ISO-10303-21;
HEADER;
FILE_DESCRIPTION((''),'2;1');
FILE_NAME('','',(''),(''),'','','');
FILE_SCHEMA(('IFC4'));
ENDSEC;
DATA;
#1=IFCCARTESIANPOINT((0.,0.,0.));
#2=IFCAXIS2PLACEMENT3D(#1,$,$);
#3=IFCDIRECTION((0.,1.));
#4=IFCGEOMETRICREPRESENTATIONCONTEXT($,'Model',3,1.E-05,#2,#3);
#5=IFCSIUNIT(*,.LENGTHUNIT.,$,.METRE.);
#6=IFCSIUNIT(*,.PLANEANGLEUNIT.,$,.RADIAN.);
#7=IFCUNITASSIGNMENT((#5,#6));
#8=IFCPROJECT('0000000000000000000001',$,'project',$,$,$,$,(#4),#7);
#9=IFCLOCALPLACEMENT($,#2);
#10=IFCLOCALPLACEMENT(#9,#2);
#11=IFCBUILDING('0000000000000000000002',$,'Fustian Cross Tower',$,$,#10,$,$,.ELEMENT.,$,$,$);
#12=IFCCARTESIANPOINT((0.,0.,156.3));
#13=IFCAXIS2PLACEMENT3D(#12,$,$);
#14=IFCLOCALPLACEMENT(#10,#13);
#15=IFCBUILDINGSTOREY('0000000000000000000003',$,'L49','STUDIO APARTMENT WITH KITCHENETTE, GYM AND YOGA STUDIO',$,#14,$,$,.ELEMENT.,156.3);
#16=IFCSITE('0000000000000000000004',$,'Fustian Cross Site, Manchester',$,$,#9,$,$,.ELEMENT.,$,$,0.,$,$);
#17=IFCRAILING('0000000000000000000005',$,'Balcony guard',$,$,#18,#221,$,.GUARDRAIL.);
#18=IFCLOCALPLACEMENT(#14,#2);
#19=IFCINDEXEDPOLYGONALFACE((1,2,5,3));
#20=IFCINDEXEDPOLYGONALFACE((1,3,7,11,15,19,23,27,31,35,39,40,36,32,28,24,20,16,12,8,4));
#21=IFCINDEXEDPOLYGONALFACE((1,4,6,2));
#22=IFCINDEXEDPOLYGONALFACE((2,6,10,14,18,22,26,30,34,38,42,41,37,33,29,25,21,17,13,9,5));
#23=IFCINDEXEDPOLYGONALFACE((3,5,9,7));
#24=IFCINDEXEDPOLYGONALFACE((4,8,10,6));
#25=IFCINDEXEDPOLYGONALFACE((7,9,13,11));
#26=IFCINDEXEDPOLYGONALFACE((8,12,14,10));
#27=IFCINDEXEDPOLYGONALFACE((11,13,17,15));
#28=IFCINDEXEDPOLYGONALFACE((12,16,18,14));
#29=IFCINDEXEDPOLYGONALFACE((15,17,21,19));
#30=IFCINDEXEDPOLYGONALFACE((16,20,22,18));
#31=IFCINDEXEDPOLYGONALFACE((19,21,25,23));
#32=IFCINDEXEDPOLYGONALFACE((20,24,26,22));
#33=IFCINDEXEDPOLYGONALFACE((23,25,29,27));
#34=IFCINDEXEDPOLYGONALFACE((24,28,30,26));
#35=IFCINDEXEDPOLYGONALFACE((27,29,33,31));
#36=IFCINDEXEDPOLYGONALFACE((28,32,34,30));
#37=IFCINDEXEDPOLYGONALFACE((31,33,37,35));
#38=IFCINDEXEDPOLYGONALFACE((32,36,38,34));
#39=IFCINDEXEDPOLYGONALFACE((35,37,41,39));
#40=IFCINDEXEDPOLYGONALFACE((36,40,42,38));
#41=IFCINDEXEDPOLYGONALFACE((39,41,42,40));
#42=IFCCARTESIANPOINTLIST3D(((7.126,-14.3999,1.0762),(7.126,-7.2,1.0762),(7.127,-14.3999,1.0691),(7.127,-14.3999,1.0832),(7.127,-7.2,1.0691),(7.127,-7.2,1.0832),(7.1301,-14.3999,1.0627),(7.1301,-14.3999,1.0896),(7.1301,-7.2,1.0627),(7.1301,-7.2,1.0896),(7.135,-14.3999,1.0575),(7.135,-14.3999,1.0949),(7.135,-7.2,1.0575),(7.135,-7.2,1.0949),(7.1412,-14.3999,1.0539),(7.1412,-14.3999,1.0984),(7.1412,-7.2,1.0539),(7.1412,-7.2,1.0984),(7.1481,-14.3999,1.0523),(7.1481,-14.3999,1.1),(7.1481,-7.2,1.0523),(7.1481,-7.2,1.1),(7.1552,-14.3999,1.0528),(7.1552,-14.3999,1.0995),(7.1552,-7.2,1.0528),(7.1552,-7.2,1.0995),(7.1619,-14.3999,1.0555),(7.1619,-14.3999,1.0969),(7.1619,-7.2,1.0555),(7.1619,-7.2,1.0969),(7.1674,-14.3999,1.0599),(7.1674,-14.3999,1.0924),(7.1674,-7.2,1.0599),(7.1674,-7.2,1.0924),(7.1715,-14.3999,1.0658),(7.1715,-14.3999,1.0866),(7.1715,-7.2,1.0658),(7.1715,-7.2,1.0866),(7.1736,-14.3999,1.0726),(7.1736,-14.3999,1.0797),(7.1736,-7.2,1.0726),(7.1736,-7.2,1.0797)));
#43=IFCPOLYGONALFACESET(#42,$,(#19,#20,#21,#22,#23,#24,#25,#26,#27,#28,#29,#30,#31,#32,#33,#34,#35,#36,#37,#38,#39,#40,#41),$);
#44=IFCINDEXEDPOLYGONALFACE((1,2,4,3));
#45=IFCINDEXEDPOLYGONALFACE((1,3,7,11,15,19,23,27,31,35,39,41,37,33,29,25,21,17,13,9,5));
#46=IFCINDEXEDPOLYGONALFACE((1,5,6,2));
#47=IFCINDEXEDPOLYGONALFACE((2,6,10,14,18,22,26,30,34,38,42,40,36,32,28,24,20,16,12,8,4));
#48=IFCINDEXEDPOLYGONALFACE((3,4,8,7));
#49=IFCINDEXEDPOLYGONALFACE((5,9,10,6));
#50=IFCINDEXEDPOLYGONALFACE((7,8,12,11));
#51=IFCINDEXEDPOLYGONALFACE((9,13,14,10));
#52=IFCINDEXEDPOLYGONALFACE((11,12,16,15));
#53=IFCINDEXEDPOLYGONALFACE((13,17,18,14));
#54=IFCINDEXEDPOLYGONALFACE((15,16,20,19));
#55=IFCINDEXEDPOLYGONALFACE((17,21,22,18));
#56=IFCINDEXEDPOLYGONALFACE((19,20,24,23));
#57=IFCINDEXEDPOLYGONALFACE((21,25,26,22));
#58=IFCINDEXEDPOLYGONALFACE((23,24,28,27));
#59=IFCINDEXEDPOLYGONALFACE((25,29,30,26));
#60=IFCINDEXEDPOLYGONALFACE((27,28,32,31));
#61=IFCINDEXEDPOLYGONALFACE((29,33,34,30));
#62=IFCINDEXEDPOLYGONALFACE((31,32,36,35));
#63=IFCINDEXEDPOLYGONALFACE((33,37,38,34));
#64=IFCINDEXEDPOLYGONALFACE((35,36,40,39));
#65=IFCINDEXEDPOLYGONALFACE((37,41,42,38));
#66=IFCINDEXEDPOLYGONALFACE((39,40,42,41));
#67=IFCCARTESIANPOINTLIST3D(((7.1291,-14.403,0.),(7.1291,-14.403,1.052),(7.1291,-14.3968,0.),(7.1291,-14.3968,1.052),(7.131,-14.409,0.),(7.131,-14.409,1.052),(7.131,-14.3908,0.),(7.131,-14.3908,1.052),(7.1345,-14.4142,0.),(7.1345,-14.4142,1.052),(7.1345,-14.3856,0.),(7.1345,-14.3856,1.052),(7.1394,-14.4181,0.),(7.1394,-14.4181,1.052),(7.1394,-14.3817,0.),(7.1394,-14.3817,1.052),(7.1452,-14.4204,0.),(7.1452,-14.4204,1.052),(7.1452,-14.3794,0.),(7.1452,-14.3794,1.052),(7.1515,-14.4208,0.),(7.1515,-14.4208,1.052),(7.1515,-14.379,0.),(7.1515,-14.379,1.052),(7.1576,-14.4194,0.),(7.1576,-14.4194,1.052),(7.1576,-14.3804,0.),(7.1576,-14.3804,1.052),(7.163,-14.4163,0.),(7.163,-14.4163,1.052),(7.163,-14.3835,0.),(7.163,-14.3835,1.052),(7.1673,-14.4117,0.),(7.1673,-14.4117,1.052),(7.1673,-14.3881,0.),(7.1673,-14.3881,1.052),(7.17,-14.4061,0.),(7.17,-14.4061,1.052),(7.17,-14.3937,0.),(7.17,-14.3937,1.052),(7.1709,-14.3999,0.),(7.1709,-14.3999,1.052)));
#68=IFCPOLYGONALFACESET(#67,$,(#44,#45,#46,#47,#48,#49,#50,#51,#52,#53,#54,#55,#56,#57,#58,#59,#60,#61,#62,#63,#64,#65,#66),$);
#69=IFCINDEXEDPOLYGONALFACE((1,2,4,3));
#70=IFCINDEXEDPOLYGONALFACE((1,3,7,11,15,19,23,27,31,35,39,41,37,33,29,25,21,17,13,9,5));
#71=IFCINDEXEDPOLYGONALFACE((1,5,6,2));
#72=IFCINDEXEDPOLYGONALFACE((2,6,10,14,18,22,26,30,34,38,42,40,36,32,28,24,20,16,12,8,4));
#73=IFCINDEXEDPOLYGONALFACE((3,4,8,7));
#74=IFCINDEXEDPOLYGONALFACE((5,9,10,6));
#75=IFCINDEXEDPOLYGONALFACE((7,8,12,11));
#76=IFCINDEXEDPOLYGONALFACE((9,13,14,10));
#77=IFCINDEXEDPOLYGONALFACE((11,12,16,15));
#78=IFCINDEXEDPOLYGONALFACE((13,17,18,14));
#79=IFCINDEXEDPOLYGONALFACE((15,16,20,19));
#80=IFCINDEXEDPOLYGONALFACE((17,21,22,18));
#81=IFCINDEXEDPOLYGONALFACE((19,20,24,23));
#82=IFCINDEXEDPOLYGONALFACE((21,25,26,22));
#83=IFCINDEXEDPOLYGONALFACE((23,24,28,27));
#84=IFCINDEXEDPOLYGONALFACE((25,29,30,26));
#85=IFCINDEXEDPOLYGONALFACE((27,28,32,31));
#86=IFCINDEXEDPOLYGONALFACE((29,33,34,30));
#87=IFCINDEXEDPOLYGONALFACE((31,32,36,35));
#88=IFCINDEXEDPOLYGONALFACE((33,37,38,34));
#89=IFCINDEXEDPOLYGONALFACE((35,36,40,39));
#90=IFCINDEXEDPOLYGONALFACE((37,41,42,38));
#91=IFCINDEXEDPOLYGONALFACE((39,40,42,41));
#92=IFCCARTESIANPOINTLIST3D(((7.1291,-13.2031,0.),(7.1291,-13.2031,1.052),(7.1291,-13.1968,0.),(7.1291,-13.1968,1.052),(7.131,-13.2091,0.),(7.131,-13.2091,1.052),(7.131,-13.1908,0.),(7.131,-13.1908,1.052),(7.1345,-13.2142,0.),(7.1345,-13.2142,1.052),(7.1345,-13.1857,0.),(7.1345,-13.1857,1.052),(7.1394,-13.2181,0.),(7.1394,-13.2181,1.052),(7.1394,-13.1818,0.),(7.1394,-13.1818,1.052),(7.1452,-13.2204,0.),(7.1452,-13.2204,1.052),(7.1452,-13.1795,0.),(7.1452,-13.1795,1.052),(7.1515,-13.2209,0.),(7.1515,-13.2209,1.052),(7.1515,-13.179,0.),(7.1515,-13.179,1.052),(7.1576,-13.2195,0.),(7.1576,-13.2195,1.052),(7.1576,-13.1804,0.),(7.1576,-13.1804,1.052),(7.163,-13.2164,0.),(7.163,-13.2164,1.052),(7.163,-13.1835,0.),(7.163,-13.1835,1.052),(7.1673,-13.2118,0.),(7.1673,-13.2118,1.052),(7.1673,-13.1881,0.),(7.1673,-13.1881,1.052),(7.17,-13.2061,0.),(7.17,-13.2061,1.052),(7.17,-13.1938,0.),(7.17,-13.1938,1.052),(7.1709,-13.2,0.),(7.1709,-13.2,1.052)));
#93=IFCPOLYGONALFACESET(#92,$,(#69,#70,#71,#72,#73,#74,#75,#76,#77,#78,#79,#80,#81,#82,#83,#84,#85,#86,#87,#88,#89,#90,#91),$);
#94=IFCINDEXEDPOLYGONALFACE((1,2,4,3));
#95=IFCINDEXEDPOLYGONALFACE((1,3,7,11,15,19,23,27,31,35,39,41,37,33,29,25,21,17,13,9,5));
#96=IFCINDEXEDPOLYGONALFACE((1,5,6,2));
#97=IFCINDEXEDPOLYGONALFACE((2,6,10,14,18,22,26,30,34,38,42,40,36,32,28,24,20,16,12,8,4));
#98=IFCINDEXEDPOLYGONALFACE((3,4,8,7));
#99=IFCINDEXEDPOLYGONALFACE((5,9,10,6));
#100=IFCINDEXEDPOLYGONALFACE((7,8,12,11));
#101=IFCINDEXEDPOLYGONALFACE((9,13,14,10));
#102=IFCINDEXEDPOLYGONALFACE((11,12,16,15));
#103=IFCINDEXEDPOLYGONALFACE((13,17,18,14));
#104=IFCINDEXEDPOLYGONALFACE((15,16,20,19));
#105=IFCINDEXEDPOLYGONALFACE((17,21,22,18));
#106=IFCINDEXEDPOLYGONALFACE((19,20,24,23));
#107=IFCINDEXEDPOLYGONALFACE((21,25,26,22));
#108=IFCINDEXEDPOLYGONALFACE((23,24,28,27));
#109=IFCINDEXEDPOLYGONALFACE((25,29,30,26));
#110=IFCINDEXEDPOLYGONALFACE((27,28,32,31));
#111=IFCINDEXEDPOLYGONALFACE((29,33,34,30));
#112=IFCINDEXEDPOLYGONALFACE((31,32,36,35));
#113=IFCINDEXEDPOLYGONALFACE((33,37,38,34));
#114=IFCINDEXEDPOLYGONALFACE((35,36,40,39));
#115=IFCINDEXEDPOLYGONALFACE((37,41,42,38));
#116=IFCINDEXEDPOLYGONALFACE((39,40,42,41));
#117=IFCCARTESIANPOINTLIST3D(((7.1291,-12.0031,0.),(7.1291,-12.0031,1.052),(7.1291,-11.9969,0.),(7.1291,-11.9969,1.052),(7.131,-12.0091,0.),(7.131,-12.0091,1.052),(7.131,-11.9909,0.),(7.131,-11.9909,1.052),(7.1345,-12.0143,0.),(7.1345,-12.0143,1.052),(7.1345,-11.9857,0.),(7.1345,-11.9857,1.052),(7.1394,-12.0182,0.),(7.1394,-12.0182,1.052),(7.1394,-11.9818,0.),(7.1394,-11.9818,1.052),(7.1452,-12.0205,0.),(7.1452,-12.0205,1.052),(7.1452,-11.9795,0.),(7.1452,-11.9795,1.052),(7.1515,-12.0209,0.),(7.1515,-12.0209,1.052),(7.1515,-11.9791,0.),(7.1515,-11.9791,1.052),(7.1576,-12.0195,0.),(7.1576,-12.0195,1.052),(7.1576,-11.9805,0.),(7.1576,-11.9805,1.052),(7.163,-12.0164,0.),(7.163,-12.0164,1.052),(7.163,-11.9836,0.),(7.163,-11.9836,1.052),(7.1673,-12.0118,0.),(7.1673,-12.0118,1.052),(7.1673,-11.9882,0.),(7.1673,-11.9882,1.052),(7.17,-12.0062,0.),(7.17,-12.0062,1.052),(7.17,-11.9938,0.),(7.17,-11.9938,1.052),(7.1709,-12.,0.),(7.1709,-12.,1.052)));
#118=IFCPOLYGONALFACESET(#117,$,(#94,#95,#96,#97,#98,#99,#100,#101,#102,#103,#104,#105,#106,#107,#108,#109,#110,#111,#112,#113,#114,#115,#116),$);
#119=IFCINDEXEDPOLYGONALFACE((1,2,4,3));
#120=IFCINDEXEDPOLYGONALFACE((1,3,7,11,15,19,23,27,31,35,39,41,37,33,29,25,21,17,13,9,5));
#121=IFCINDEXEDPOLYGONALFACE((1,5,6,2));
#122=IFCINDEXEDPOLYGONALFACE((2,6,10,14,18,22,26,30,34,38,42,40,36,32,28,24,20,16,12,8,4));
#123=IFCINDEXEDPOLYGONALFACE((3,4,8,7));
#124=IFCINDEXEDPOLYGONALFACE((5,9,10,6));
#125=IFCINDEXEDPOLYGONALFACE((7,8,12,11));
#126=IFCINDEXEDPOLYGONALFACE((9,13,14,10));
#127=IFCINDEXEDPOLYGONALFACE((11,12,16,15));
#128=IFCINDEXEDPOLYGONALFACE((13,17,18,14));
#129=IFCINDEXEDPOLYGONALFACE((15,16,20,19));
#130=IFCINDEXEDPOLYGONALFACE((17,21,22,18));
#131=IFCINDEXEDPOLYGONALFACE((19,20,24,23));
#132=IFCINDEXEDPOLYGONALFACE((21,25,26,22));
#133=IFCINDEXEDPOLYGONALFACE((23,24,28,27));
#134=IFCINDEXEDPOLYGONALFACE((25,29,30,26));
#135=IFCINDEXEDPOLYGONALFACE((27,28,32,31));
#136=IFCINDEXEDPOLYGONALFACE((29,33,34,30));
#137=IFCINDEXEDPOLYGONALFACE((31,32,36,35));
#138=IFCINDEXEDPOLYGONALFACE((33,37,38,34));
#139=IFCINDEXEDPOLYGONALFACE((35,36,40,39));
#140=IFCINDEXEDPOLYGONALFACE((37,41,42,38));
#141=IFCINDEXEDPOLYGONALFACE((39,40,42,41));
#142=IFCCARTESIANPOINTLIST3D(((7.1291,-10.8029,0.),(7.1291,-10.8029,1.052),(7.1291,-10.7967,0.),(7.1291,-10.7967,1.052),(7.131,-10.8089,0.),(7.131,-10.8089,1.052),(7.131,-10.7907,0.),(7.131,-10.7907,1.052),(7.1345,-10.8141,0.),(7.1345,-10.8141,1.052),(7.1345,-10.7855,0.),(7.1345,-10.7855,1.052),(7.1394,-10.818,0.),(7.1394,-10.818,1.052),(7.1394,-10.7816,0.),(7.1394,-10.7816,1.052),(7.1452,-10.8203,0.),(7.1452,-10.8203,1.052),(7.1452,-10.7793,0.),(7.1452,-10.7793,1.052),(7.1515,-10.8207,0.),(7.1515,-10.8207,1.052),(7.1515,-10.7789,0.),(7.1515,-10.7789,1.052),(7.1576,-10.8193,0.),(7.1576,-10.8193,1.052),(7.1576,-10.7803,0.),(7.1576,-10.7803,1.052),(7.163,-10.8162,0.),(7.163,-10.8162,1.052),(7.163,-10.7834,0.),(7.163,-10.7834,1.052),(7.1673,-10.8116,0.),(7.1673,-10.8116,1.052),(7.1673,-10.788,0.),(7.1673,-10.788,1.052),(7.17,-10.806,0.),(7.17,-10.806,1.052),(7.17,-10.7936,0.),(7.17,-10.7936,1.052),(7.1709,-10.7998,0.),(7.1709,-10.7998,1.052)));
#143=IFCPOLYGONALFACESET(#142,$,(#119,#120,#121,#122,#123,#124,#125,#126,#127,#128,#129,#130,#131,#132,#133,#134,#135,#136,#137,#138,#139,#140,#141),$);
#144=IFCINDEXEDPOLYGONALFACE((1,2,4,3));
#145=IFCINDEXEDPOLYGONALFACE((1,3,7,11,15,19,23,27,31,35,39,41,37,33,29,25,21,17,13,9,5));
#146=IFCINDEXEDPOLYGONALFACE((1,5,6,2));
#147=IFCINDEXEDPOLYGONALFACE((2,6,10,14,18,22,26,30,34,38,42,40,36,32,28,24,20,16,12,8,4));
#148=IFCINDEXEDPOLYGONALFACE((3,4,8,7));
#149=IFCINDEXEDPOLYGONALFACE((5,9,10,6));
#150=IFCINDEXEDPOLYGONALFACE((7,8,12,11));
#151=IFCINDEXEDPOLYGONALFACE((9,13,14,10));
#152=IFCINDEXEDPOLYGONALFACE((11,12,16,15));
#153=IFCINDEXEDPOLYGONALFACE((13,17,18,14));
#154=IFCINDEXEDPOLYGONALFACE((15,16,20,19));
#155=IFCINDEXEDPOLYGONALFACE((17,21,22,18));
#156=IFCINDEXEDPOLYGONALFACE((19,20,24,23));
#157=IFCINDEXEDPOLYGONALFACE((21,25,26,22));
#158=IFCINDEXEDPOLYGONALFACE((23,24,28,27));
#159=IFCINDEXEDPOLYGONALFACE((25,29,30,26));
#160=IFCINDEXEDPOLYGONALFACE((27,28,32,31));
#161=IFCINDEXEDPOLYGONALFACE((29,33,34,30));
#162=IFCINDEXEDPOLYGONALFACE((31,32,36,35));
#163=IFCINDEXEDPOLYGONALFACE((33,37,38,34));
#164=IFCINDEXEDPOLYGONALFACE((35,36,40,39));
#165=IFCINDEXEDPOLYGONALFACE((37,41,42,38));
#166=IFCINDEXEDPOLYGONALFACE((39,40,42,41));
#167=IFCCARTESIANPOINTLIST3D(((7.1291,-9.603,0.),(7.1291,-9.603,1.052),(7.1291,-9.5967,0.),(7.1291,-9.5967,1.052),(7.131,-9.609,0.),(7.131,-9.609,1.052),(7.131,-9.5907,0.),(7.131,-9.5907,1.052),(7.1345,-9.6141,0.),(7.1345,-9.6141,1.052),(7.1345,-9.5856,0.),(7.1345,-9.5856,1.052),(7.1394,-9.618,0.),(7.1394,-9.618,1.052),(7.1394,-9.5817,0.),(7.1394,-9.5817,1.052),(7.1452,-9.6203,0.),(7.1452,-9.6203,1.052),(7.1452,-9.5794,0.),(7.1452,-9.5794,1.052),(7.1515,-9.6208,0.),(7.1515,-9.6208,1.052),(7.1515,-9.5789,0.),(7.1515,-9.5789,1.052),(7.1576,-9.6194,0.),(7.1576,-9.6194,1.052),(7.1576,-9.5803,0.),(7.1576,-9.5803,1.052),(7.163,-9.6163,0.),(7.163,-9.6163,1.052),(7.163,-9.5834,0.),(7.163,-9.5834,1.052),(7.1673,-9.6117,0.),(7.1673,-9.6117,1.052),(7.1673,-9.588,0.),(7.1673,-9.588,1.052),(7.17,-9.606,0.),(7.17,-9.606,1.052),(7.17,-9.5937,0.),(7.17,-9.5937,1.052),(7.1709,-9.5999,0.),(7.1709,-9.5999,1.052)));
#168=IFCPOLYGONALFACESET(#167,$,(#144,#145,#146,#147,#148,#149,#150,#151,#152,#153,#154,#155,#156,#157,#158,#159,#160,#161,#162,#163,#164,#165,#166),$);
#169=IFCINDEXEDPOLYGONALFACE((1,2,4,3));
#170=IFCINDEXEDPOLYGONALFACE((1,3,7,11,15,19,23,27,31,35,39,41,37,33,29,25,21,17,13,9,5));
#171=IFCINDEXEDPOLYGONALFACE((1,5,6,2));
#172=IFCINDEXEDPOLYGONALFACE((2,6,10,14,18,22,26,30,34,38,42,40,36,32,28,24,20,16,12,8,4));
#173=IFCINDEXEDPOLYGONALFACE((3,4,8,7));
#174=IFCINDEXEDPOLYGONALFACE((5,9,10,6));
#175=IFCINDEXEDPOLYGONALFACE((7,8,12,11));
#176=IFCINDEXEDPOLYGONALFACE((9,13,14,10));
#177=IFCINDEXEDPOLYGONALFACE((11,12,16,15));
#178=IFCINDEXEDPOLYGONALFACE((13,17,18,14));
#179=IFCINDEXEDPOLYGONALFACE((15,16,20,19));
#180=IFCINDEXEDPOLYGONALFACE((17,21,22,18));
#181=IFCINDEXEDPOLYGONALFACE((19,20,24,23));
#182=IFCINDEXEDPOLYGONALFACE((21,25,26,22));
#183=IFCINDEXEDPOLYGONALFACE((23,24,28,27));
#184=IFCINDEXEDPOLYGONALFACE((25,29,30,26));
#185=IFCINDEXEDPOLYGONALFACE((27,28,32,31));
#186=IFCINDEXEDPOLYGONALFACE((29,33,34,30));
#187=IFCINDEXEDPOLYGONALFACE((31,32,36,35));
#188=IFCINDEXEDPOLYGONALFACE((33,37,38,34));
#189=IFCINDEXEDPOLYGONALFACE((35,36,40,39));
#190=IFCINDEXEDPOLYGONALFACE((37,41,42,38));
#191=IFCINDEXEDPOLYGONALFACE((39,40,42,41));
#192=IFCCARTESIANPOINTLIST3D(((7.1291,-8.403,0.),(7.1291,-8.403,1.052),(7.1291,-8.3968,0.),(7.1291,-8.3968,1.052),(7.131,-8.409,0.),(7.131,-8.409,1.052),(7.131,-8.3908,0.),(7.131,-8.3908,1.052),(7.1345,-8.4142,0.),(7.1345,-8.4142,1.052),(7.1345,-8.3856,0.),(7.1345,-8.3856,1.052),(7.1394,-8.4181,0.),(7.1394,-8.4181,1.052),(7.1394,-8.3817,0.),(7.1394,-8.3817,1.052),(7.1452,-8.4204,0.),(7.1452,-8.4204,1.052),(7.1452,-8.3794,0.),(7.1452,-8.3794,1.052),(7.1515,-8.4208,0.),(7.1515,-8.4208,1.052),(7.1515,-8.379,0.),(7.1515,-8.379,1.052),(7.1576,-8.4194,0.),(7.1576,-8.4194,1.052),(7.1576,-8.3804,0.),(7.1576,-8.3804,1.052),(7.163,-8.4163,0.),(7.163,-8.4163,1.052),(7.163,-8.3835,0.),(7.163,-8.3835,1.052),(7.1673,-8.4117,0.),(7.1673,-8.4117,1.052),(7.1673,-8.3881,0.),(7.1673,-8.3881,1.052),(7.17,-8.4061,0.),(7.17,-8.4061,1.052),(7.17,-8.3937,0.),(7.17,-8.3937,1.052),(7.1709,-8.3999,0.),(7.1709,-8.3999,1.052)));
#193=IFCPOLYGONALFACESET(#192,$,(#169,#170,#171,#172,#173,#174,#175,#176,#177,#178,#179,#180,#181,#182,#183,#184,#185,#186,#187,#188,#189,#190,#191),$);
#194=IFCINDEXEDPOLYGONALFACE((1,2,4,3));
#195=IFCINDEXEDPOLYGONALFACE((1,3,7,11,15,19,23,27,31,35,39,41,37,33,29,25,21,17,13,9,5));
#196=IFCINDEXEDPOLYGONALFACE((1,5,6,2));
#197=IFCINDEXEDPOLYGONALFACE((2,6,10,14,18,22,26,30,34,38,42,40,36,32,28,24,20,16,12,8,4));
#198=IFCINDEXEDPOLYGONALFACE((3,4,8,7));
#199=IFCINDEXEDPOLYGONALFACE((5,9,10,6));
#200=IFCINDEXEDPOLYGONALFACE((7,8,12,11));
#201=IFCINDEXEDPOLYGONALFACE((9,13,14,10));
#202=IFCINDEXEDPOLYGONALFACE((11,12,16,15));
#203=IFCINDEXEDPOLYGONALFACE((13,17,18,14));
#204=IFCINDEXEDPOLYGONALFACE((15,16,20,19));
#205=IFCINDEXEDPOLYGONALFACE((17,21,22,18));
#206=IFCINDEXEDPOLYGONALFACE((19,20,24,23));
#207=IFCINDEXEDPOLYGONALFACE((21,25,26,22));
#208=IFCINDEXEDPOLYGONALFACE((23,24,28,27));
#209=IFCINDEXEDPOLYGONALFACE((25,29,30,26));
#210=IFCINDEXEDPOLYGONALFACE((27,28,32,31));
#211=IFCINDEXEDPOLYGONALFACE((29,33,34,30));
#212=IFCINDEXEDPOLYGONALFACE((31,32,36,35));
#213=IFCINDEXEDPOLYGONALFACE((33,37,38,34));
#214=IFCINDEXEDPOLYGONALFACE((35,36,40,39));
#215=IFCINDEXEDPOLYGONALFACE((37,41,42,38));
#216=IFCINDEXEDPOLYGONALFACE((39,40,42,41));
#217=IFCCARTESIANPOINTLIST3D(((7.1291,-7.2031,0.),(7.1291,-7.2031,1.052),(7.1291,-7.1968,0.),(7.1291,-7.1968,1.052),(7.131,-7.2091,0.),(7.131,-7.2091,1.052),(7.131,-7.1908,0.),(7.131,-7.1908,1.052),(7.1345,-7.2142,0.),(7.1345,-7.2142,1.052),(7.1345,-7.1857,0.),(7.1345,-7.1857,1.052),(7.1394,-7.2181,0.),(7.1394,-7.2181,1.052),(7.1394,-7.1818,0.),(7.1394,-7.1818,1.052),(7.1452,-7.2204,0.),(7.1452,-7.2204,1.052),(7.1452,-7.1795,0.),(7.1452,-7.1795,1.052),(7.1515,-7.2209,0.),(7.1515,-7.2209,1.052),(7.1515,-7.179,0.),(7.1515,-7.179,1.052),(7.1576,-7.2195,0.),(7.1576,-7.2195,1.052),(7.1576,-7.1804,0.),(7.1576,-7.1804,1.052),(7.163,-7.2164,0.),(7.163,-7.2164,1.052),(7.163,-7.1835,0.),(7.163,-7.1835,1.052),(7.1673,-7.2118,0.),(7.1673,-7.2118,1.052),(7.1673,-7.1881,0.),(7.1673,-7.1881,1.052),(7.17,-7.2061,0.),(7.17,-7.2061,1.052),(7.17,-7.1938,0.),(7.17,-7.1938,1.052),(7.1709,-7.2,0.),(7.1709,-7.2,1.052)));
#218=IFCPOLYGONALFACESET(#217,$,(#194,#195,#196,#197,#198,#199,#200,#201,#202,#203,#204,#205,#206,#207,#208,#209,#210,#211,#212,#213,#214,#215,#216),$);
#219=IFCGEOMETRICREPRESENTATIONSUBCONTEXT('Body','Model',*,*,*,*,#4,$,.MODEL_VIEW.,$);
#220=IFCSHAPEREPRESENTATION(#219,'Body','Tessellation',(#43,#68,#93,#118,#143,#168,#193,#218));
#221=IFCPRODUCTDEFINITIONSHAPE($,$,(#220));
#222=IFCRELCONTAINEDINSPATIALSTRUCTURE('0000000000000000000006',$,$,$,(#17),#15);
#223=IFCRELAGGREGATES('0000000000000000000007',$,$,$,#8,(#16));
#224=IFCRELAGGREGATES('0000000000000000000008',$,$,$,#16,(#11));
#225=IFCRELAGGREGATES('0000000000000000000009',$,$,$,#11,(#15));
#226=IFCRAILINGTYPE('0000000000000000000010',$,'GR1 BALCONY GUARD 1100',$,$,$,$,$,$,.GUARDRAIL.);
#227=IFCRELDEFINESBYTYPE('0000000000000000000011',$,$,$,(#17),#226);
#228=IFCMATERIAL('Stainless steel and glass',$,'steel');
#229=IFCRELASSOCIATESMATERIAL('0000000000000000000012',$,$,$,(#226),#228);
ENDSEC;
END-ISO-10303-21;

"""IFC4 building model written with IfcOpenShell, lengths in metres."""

from ifc_helpers import new_model, si_unit, direction, frame, origin, origin_2d, place, context, subcontext, project, spatial, circle, extrude, material, type_object, element, save


model = new_model("IFC4")

# Units and contexts
model_context = context("Model", 3, precision=1e-05, world=origin(), true_north=direction((0.0, 1.0)))
body_context = subcontext(model_context, "Body", "Model", "MODEL_VIEW")
ifc_project = project(units=[si_unit("LENGTHUNIT", "METRE"), si_unit("PLANEANGLEUNIT", "RADIAN")], contexts=[model_context])

# Site, building, storey
site_placement = place(None, origin())
site = spatial("IfcSite", under=ifc_project, at=site_placement, Name="Fustian Cross Site, Manchester", CompositionType="ELEMENT", RefElevation=0.0)
building_placement = place(site_placement, origin())
building = spatial("IfcBuilding", under=site, at=building_placement, Name="Fustian Cross Tower", CompositionType="ELEMENT")
storey_placement = place(building_placement, frame((0.0, 0.0, 156.3)))
storey = spatial("IfcBuildingStorey", under=building, at=storey_placement, Name="L49", Description="STUDIO APARTMENT WITH KITCHENETTE, GYM AND YOGA STUDIO", CompositionType="ELEMENT", Elevation=156.3)

# Railing
ifc_material_1 = material(Name="Stainless steel and glass", Category="steel")
railing_type = type_object("IfcRailingType", Name="GR1 BALCONY GUARD 1100", PredefinedType="GUARDRAIL", material=ifc_material_1)
railing_placement = place(storey_placement, frame((7.1499, -14.3999, 0.0)))
element("IfcRailing", 1, at=railing_placement, inside=storey, type_object=railing_type, Name="Balcony guard", PredefinedType="GUARDRAIL", context=body_context, shape_type="SweptSolid", body=[
    extrude(circle(Radius=0.0239, at=origin_2d()), frame((0.0, 0.0, 1.0762), z_axis=(0.0, 1.0, 0.0), x_axis=(-1.0, 0.0, 0.0)), (0.0, 0.0, 1.0), 7.2),
    extrude(circle(Radius=0.021, at=origin_2d()), origin(), (0.0, 0.0, 1.0), 1.052),
    extrude(circle(Radius=0.021, at=origin_2d()), frame((0.0, 1.2, 0.0)), (0.0, 0.0, 1.0), 1.052),
    extrude(circle(Radius=0.021, at=origin_2d()), frame((0.0, 2.3999, 0.0)), (0.0, 0.0, 1.0), 1.052),
    extrude(circle(Radius=0.021, at=origin_2d()), frame((0.0, 3.6001, 0.0)), (0.0, 0.0, 1.0), 1.052),
    extrude(circle(Radius=0.021, at=origin_2d()), frame((0.0, 4.8, 0.0)), (0.0, 0.0, 1.0), 1.052),
    extrude(circle(Radius=0.021, at=origin_2d()), frame((0.0, 6.0, 0.0)), (0.0, 0.0, 1.0), 1.052),
    extrude(circle(Radius=0.021, at=origin_2d()), frame((0.0, 7.2, 0.0)), (0.0, 0.0, 1.0), 1.052),
])

save(model, "model.ifc")
